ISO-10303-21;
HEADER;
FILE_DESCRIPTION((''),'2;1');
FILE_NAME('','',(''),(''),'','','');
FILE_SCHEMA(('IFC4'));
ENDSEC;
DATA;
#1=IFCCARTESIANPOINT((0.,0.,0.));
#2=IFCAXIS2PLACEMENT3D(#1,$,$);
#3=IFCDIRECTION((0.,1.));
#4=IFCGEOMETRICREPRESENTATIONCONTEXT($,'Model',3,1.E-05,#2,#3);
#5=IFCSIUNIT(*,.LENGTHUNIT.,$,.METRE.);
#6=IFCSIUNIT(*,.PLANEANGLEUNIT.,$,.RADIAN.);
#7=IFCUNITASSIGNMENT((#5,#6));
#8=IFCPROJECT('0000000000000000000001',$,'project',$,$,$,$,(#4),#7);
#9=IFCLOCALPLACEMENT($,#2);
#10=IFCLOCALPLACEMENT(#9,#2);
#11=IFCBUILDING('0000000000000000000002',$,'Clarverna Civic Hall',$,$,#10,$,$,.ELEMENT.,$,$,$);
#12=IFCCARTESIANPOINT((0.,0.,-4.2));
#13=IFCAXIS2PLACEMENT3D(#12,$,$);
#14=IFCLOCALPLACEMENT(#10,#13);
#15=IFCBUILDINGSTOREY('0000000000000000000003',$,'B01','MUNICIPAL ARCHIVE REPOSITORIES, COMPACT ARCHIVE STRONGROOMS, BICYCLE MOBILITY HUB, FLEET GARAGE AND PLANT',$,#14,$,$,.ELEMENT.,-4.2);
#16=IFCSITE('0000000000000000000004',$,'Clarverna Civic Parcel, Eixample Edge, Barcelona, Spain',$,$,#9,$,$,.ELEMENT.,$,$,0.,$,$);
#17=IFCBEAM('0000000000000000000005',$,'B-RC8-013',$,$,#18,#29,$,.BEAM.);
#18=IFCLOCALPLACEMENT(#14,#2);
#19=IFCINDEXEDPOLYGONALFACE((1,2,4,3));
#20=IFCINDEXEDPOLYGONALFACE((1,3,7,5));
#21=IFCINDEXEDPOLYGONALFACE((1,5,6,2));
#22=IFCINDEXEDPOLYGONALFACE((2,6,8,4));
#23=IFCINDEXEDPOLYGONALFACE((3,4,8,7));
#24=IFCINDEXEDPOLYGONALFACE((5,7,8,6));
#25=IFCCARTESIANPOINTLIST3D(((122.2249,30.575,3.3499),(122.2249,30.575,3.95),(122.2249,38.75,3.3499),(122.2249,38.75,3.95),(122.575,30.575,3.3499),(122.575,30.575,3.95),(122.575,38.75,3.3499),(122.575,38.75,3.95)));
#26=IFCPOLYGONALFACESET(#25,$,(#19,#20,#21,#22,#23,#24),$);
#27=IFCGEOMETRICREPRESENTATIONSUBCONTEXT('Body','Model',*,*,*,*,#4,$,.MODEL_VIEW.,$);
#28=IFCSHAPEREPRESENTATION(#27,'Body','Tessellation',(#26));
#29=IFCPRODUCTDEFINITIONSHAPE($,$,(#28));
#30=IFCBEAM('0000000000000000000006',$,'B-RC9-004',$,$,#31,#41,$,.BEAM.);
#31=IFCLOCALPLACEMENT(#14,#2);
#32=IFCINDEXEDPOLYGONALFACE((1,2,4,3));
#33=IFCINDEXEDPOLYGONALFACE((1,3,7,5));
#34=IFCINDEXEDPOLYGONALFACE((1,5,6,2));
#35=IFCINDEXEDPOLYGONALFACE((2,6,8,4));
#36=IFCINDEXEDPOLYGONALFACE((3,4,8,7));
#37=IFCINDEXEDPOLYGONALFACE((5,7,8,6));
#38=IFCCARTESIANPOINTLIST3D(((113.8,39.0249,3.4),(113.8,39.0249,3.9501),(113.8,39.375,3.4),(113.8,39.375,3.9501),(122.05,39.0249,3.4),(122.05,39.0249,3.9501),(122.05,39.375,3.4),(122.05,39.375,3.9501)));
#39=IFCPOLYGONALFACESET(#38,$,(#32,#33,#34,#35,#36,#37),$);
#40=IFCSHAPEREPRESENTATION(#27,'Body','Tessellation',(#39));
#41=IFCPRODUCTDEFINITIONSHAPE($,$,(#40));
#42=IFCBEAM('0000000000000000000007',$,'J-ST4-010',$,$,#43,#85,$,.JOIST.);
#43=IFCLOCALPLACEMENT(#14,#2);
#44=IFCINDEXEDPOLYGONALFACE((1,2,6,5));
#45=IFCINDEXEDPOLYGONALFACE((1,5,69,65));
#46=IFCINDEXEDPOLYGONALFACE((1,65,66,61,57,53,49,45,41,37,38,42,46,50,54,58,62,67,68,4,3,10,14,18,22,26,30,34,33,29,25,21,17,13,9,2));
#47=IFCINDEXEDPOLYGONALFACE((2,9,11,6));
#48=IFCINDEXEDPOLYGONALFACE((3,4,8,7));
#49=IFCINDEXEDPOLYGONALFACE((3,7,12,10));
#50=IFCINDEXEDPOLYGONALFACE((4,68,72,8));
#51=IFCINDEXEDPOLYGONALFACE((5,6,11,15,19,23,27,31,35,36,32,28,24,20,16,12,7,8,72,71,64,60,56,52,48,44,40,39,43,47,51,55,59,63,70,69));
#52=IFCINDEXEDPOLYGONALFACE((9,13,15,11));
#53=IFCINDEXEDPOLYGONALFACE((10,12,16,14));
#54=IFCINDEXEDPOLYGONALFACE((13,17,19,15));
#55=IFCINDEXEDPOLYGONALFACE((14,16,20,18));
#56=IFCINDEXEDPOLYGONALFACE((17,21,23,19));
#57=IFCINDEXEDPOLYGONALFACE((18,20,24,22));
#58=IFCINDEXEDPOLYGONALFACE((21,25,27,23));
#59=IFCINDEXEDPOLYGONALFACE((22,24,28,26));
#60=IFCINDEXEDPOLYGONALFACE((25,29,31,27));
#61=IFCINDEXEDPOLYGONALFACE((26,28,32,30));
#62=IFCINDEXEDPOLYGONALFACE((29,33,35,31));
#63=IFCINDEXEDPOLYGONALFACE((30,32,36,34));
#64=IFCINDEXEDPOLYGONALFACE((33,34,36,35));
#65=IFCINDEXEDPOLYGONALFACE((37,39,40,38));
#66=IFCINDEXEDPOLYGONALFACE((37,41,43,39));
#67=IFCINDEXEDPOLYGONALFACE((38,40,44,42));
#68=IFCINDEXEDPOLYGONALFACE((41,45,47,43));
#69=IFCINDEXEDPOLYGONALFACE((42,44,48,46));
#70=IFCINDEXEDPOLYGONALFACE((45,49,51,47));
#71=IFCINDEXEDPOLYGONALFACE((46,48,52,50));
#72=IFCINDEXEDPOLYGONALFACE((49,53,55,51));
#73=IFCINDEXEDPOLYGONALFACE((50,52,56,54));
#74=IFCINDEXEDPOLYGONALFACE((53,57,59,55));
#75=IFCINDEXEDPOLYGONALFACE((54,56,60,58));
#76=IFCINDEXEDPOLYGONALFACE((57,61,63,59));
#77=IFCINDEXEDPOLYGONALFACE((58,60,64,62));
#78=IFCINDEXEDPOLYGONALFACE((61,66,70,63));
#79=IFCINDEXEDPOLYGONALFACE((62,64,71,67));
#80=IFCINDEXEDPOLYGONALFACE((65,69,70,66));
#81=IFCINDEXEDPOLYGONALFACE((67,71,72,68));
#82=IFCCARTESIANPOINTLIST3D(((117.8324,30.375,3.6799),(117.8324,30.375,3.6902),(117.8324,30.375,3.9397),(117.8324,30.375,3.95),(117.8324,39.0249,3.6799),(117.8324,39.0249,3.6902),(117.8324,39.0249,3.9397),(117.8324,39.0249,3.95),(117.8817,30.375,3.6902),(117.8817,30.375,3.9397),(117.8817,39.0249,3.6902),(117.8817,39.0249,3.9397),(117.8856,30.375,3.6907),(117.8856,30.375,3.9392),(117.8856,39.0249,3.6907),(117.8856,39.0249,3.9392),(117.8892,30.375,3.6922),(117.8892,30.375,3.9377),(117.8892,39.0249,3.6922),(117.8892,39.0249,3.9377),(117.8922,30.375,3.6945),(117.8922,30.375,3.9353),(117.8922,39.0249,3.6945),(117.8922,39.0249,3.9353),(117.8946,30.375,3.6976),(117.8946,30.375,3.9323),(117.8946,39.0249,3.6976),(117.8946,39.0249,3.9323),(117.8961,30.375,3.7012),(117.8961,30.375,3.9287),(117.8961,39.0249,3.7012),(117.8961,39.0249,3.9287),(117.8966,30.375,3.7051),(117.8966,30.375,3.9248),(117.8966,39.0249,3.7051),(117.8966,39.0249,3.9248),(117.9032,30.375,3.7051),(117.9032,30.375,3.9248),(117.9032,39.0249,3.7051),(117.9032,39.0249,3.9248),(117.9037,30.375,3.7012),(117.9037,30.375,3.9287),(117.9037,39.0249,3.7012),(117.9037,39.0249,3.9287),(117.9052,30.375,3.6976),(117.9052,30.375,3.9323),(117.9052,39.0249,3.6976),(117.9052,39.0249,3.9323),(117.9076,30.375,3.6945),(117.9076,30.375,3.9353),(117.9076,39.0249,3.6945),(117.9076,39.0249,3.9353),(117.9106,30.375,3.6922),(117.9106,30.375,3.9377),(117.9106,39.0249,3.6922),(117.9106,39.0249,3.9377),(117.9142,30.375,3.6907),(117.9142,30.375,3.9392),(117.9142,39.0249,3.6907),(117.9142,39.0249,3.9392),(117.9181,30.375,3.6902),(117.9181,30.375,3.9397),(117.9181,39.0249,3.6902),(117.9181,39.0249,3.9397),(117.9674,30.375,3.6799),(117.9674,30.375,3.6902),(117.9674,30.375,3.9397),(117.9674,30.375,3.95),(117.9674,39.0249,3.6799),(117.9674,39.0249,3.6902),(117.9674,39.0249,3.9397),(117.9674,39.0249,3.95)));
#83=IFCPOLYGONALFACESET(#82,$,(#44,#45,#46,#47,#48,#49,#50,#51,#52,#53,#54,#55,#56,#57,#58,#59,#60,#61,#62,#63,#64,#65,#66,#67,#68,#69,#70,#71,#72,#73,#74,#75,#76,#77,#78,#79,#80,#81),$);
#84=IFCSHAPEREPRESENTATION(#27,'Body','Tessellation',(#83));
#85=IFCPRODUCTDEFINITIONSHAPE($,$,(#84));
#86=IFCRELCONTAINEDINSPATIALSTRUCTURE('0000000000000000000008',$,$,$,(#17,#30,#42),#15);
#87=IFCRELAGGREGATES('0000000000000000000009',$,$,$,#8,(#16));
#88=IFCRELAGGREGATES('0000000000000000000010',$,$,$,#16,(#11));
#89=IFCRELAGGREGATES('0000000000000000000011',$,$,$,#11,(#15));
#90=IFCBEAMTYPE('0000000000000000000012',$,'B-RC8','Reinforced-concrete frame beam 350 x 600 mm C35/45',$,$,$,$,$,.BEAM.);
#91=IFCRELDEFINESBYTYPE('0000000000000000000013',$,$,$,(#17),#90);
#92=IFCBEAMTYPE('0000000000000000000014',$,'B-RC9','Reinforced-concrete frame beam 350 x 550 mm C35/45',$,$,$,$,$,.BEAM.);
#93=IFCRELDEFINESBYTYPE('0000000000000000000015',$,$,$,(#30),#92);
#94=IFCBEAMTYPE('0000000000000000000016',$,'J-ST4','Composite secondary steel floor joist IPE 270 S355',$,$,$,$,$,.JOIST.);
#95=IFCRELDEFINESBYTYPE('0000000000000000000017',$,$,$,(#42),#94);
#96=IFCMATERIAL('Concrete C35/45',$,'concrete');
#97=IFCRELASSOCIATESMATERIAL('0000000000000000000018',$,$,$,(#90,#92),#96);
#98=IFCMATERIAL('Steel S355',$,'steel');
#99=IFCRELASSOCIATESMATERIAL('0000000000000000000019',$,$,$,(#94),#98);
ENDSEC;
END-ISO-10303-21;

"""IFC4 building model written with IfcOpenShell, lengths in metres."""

from ifc_helpers import new_model, si_unit, direction, frame, origin, origin_2d, place, context, subcontext, project, spatial, rectangle, i_section, extrude, material, material_profile, profile_set, type_object, element, save


model = new_model("IFC4")

# Units and contexts
model_context = context("Model", 3, precision=1e-05, world=origin(), true_north=direction((0.0, 1.0)))
body_context = subcontext(model_context, "Body", "Model", "MODEL_VIEW")
ifc_project = project(units=[si_unit("LENGTHUNIT", "METRE"), si_unit("PLANEANGLEUNIT", "RADIAN")], contexts=[model_context])

# Site, building, storey
site_placement = place(None, origin())
site = spatial("IfcSite", under=ifc_project, at=site_placement, Name="Clarverna Civic Parcel, Eixample Edge, Barcelona, Spain", CompositionType="ELEMENT", RefElevation=0.0)
building_placement = place(site_placement, origin())
building = spatial("IfcBuilding", under=site, at=building_placement, Name="Clarverna Civic Hall", CompositionType="ELEMENT")
storey_placement = place(building_placement, frame((0.0, 0.0, -4.2)))
storey = spatial("IfcBuildingStorey", under=building, at=storey_placement, Name="B01", Description="MUNICIPAL ARCHIVE REPOSITORIES, COMPACT ARCHIVE STRONGROOMS, BICYCLE MOBILITY HUB, FLEET GARAGE AND PLANT", CompositionType="ELEMENT", Elevation=-4.2)

# Beams
ifc_material_1 = material(Name="Concrete C35/45", Category="concrete")
ifc_material_profile_1 = material_profile(ifc_material_1, rectangle(XDim=0.3501, YDim=0.6001, at=origin_2d()), Name="RC 350x600")
ifc_profile_set_1 = profile_set([ifc_material_profile_1], Name="Concrete C35/45")
beam_type_1 = type_object("IfcBeamType", Name="B-RC8", Description="Reinforced-concrete frame beam 350 x 600 mm C35/45", PredefinedType="BEAM", material=ifc_profile_set_1)
beam_1_placement = place(storey_placement, frame((122.3999, 30.575, 3.6499), z_axis=(0.0, 1.0, 0.0), x_axis=(-1.0, 0.0, 0.0)))
element("IfcBeam", 1, at=beam_1_placement, inside=storey, type_object=beam_type_1, Name="B-RC8-013", PredefinedType="BEAM", context=body_context, shape_type="SweptSolid", body=[
    extrude(rectangle(XDim=0.3501, YDim=0.6001, at=origin_2d()), origin(), (0.0, 0.0, 1.0), 8.175),
])
ifc_material_profile_2 = material_profile(ifc_material_1, rectangle(XDim=0.3501, YDim=0.55, at=origin_2d()), Name="RC 350x550")
ifc_profile_set_2 = profile_set([ifc_material_profile_2], Name="Concrete C35/45")
beam_type_2 = type_object("IfcBeamType", Name="B-RC9", Description="Reinforced-concrete frame beam 350 x 550 mm C35/45", PredefinedType="BEAM", material=ifc_profile_set_2)
beam_2_placement = place(storey_placement, frame((113.8, 39.2, 3.675), z_axis=(1.0, 0.0, 0.0), x_axis=(0.0, 1.0, 0.0)))
element("IfcBeam", 2, at=beam_2_placement, inside=storey, type_object=beam_type_2, Name="B-RC9-004", PredefinedType="BEAM", context=body_context, shape_type="SweptSolid", body=[
    extrude(rectangle(XDim=0.3501, YDim=0.55, at=origin_2d()), origin(), (0.0, 0.0, 1.0), 8.25),
])
ifc_material_2 = material(Name="Steel S355", Category="steel")
ifc_material_profile_3 = material_profile(ifc_material_2, i_section(OverallWidth=0.135, OverallDepth=0.27, WebThickness=0.0066, FlangeThickness=0.0103, FilletRadius=0.0149, at=origin_2d()), Name="IPE 270")
ifc_profile_set_3 = profile_set([ifc_material_profile_3], Name="Steel S355")
beam_type_3 = type_object("IfcBeamType", Name="J-ST4", Description="Composite secondary steel floor joist IPE 270 S355", PredefinedType="JOIST", material=ifc_profile_set_3)
beam_3_placement = place(storey_placement, frame((117.8999, 30.375, 3.8149), z_axis=(0.0, 1.0, 0.0), x_axis=(-1.0, 0.0, 0.0)))
element("IfcBeam", 3, at=beam_3_placement, inside=storey, type_object=beam_type_3, Name="J-ST4-010", PredefinedType="JOIST", context=body_context, shape_type="SweptSolid", body=[
    extrude(i_section(OverallWidth=0.135, OverallDepth=0.27, WebThickness=0.0066, FlangeThickness=0.0103, FilletRadius=0.0149, at=origin_2d()), origin(), (0.0, 0.0, 1.0), 8.6499),
])

save(model, "model.ifc")
